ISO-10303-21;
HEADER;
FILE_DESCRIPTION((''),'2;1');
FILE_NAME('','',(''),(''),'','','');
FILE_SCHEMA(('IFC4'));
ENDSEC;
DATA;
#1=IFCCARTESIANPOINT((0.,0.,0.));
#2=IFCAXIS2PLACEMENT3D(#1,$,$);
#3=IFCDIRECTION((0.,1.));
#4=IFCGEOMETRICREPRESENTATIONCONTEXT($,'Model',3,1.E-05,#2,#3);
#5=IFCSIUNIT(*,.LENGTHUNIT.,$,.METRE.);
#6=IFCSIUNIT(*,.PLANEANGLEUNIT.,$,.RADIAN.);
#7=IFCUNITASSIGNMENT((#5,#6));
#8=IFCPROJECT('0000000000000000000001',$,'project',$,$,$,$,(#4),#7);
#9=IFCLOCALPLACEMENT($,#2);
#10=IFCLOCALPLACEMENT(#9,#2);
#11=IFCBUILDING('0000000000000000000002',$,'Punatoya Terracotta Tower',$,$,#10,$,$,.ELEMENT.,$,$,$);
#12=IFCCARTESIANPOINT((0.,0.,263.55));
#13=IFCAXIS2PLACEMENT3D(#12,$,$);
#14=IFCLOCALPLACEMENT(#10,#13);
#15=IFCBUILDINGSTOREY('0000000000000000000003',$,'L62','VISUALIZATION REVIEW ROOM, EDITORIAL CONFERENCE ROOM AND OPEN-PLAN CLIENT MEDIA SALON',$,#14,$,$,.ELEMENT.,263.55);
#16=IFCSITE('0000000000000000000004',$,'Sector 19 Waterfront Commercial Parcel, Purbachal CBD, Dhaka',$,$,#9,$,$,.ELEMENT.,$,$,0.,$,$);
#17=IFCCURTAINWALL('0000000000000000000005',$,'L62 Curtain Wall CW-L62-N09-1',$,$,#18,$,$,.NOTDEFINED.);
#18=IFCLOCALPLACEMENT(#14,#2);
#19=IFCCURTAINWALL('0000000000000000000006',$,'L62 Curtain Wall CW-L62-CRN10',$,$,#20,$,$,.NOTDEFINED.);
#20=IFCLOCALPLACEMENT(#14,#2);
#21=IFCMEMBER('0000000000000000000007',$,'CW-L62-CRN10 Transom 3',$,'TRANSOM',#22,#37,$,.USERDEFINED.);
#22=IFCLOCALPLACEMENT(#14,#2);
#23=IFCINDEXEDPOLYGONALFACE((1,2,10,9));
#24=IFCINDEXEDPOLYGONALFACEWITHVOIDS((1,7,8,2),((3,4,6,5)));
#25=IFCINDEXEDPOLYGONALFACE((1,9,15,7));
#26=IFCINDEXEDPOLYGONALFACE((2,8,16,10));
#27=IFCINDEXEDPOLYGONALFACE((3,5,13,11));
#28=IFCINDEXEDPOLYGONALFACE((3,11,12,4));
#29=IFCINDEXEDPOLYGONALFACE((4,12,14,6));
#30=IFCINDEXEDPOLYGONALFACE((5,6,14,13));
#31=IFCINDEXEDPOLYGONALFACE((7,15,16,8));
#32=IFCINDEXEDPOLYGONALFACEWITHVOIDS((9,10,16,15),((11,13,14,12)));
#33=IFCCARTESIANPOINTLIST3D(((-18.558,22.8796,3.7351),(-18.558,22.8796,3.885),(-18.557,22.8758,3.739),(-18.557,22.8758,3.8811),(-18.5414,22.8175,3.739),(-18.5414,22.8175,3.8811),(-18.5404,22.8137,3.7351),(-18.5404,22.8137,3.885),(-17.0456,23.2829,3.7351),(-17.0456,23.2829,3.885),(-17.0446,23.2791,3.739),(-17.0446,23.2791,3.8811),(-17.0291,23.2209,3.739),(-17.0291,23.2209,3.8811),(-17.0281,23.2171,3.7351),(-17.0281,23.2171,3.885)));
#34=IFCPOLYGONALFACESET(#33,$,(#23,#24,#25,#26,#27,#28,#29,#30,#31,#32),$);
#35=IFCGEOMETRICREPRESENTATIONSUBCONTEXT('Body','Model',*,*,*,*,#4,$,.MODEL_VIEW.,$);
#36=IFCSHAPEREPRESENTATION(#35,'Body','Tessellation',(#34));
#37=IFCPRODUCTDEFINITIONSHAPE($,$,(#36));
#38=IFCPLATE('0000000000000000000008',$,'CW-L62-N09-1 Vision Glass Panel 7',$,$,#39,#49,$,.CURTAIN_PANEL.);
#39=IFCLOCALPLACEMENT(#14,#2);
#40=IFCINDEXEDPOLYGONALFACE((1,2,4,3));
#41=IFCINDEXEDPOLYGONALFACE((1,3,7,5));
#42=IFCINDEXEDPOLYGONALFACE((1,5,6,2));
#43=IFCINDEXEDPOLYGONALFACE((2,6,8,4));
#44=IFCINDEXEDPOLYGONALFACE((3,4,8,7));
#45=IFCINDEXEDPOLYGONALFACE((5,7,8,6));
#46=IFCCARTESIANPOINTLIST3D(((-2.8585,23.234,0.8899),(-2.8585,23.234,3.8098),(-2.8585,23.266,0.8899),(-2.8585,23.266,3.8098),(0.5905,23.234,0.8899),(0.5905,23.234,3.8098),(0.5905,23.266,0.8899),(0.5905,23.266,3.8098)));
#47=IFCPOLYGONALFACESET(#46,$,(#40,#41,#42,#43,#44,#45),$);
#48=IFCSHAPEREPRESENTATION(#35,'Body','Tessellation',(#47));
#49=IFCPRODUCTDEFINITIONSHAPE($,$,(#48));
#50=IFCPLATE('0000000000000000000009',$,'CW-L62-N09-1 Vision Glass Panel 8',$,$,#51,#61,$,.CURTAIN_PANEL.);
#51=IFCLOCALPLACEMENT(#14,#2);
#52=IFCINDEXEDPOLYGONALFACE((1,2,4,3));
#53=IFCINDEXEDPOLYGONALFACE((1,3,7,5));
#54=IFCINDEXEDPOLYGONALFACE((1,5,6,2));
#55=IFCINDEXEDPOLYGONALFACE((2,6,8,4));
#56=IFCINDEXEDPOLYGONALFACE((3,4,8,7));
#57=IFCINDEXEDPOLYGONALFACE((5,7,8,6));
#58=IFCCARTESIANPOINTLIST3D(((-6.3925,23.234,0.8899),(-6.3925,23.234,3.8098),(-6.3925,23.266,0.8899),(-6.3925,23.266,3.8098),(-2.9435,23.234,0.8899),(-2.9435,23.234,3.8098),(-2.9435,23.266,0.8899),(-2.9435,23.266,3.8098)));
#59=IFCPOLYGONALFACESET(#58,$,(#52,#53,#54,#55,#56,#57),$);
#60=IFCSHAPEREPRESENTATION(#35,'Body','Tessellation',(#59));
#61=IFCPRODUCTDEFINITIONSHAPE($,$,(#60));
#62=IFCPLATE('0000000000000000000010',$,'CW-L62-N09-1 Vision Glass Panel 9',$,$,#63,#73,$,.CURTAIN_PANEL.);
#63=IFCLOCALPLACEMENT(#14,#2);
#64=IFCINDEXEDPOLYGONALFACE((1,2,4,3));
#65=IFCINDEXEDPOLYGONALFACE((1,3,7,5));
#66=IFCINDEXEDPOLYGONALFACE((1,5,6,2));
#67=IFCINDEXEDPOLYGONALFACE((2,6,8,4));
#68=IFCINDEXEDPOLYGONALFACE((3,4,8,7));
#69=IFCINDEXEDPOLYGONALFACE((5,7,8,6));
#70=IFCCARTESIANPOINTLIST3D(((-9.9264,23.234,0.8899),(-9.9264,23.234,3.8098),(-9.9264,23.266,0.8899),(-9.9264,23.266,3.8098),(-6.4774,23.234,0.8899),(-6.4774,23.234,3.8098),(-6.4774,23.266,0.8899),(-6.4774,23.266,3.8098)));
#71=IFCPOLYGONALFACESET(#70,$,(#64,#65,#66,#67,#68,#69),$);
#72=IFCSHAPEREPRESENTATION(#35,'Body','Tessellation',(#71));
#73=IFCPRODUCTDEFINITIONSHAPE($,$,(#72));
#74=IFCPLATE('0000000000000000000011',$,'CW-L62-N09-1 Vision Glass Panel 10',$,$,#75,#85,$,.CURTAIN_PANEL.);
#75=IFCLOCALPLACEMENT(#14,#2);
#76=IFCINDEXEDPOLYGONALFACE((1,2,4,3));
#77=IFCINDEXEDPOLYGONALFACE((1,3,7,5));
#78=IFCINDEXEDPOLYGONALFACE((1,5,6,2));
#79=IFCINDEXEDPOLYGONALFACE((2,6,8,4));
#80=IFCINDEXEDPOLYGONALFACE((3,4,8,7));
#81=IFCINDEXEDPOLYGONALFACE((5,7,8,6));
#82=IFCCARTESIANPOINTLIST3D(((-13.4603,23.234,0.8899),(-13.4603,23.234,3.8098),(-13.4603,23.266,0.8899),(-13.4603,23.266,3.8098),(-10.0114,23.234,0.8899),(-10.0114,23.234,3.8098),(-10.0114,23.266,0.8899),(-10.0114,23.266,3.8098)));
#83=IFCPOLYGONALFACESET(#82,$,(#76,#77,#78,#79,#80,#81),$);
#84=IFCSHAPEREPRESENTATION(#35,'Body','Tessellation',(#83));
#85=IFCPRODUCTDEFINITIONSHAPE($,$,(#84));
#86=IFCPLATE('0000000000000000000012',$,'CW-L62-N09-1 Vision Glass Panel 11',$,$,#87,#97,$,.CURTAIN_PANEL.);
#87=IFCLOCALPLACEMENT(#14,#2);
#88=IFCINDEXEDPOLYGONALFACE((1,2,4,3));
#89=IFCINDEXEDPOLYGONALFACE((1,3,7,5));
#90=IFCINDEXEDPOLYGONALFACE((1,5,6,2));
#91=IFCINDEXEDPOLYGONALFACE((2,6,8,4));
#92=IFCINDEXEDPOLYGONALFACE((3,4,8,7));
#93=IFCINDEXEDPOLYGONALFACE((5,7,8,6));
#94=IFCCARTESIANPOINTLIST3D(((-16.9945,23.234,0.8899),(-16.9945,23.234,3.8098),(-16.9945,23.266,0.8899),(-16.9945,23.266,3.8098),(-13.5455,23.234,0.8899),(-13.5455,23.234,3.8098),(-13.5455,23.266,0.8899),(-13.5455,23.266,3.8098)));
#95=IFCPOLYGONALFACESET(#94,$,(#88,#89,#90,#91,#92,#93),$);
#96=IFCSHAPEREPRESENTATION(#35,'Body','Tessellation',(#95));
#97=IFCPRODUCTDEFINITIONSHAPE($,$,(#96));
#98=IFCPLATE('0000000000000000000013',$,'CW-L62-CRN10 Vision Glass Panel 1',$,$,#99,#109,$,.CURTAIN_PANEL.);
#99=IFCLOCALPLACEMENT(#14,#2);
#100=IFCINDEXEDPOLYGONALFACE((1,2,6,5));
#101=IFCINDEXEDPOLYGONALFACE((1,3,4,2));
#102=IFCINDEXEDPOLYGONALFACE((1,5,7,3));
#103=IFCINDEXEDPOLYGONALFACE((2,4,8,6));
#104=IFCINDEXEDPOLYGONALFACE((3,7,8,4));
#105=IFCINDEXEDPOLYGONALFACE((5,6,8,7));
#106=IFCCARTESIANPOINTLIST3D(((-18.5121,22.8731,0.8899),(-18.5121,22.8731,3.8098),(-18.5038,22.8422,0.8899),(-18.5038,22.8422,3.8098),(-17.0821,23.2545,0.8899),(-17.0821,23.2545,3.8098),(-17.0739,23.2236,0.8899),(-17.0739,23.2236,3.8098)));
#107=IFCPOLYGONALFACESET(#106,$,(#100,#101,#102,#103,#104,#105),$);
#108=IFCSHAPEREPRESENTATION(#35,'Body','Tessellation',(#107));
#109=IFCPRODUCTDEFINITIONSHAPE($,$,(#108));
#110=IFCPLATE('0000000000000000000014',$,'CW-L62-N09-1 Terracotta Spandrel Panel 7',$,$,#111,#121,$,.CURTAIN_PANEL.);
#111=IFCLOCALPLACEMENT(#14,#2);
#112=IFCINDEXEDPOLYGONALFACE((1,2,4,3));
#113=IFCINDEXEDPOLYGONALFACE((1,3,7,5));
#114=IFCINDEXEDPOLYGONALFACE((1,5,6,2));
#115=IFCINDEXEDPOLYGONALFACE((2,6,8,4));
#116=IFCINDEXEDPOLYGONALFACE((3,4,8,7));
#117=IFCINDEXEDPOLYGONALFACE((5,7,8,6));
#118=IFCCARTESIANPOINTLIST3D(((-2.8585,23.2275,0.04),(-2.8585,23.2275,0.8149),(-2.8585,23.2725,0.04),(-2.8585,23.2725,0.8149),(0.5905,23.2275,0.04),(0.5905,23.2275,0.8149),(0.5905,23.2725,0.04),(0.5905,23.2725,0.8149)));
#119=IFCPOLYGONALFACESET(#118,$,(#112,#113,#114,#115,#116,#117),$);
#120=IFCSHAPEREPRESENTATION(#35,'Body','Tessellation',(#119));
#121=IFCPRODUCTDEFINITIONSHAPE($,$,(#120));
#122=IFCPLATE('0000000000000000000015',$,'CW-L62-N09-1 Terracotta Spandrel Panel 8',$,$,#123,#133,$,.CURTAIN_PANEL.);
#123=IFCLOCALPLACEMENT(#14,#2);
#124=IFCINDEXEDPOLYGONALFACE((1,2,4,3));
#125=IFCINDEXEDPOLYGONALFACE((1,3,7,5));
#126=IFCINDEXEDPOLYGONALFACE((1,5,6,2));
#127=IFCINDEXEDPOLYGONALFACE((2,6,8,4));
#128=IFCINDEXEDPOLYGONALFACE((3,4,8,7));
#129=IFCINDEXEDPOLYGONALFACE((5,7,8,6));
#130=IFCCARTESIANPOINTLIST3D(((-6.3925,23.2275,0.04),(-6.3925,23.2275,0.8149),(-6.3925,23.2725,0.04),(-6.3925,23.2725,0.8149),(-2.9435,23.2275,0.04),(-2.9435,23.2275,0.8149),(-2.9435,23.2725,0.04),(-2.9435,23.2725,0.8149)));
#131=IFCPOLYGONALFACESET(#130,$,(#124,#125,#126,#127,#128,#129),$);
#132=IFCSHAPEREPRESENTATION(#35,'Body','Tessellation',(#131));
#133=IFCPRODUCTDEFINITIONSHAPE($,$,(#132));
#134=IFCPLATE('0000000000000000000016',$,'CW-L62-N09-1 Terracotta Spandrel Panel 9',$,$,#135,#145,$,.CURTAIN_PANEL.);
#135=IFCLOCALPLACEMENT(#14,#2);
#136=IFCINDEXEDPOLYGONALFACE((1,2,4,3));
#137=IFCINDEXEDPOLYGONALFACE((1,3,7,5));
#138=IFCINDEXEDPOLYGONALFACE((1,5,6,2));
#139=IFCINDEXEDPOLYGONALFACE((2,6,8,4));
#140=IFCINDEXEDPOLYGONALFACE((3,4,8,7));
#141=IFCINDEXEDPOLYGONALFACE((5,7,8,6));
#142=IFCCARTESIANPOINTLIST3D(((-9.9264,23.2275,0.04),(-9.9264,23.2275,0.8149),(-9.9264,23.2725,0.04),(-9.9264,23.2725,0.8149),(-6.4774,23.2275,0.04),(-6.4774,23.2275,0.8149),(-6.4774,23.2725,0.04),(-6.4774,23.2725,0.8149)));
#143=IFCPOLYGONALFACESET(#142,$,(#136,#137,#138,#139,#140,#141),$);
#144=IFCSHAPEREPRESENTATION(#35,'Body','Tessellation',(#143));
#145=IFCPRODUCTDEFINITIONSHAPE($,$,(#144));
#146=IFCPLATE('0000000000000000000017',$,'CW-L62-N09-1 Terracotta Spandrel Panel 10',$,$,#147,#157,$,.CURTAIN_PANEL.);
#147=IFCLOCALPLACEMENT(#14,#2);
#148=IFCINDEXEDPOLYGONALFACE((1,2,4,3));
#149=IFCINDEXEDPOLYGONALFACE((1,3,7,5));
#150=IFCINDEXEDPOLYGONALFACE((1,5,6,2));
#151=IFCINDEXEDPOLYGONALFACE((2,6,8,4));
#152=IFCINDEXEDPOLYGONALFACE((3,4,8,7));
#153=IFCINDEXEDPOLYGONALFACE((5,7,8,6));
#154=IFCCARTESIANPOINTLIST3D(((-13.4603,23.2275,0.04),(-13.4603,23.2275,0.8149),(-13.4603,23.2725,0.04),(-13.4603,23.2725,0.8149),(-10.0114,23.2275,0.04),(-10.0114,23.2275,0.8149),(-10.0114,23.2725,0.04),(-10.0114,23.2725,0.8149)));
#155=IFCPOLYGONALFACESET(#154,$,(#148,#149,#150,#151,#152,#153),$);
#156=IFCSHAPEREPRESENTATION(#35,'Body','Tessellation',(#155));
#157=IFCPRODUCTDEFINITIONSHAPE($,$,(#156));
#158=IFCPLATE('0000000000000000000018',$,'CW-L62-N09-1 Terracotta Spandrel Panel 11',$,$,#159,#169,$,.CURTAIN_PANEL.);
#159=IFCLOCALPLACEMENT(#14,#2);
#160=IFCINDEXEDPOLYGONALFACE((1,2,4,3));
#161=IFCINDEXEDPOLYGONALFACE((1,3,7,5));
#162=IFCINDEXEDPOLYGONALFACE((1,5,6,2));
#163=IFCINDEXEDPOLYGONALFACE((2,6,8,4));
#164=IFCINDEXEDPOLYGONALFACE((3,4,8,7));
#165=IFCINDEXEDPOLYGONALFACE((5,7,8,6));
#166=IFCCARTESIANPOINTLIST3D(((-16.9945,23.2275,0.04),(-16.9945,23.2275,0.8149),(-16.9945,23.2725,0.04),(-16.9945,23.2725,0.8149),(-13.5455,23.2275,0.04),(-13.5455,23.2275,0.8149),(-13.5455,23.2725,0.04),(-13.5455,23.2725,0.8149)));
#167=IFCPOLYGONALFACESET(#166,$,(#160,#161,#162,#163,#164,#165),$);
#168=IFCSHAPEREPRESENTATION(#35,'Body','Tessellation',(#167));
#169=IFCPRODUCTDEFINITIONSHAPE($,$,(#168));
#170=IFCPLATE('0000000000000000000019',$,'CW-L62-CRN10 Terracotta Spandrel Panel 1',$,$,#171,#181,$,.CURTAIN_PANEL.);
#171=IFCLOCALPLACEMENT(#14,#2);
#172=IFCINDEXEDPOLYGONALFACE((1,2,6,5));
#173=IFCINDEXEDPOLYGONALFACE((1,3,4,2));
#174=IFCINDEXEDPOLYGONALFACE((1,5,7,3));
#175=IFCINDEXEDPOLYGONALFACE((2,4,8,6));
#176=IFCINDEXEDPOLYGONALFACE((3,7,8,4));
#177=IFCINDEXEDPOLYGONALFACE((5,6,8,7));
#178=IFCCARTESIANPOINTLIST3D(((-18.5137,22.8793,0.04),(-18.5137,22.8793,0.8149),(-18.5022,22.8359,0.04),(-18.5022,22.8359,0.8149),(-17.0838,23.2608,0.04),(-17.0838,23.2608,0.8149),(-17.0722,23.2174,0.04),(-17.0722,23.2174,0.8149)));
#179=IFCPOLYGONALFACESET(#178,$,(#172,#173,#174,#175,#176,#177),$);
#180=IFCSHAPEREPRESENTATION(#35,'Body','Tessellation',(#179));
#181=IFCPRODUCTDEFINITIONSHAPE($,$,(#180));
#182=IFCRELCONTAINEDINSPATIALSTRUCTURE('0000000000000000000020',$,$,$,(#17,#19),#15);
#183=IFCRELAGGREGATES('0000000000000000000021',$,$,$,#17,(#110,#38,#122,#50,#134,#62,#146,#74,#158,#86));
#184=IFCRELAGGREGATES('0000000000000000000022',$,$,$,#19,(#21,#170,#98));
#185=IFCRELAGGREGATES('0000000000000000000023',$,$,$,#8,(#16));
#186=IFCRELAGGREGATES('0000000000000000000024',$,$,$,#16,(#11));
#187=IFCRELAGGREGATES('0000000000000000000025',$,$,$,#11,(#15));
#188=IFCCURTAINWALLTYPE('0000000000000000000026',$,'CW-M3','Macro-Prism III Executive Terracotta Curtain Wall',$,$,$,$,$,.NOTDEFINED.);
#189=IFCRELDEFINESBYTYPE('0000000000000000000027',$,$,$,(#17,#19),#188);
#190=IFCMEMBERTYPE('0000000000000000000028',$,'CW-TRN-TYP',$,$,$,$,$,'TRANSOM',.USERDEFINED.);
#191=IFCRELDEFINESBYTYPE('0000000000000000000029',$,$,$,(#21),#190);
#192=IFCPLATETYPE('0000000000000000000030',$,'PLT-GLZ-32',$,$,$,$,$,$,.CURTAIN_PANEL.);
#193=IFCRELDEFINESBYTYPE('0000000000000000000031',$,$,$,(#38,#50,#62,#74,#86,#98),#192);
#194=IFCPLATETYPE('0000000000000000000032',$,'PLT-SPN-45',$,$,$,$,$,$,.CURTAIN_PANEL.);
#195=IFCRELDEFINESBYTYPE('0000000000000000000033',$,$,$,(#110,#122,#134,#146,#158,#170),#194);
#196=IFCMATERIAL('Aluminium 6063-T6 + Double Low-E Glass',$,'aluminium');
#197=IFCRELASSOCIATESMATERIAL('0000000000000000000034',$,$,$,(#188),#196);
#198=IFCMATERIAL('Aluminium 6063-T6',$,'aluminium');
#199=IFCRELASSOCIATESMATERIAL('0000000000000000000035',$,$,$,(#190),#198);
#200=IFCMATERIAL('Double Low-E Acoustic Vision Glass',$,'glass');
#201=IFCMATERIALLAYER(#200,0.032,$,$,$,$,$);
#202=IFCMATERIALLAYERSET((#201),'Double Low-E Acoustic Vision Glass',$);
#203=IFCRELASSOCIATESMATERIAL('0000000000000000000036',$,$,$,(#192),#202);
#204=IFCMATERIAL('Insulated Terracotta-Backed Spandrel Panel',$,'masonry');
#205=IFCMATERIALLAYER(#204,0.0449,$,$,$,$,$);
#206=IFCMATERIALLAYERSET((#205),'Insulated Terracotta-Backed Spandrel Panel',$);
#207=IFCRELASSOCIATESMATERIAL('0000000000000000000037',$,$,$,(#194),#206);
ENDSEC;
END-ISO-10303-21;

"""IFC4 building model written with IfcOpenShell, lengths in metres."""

from ifc_helpers import new_model, si_unit, direction, frame, origin, origin_2d, place, context, subcontext, project, spatial, rectangle, hollow_rectangle, extrude, material, layer, layer_set, material_profile, profile_set, type_object, element, aggregate, save


model = new_model("IFC4")

# Units and contexts
model_context = context("Model", 3, precision=1e-05, world=origin(), true_north=direction((0.0, 1.0)))
body_context = subcontext(model_context, "Body", "Model", "MODEL_VIEW")
ifc_project = project(units=[si_unit("LENGTHUNIT", "METRE"), si_unit("PLANEANGLEUNIT", "RADIAN")], contexts=[model_context])

# Site, building, storey
site_placement = place(None, origin())
site = spatial("IfcSite", under=ifc_project, at=site_placement, Name="Sector 19 Waterfront Commercial Parcel, Purbachal CBD, Dhaka", CompositionType="ELEMENT", RefElevation=0.0)
building_placement = place(site_placement, origin())
building = spatial("IfcBuilding", under=site, at=building_placement, Name="Punatoya Terracotta Tower", CompositionType="ELEMENT")
storey_placement = place(building_placement, frame((0.0, 0.0, 263.55)))
storey = spatial("IfcBuildingStorey", under=building, at=storey_placement, Name="L62", Description="VISUALIZATION REVIEW ROOM, EDITORIAL CONFERENCE ROOM AND OPEN-PLAN CLIENT MEDIA SALON", CompositionType="ELEMENT", Elevation=263.55)

# Curtain walls, member
ifc_material_1 = material(Name="Aluminium 6063-T6 + Double Low-E Glass", Category="aluminium")
curtain_wall_type = type_object("IfcCurtainWallType", Name="CW-M3", Description="Macro-Prism III Executive Terracotta Curtain Wall", PredefinedType="NOTDEFINED", material=ifc_material_1)
curtain_wall_1_placement = place(storey_placement, origin())
curtain_wall_1 = element("IfcCurtainWall", 1, at=curtain_wall_1_placement, inside=storey, type_object=curtain_wall_type, Name="L62 Curtain Wall CW-L62-N09-1", PredefinedType="NOTDEFINED")
ifc_material_2 = material(Name="Aluminium 6063-T6", Category="aluminium")
curtain_wall_2_placement = place(storey_placement, origin())
curtain_wall_2 = element("IfcCurtainWall", 2, at=curtain_wall_2_placement, inside=storey, type_object=curtain_wall_type, Name="L62 Curtain Wall CW-L62-CRN10", PredefinedType="NOTDEFINED")
ifc_material_profile_1 = material_profile(ifc_material_2, hollow_rectangle(XDim=0.0681, YDim=0.1499, WallThickness=0.0039, at=origin_2d()))
ifc_profile_set_1 = profile_set([ifc_material_profile_1], Name="Aluminium 6063-T6")
member_type_1 = type_object("IfcMemberType", Name="CW-TRN-TYP", ElementType="TRANSOM", PredefinedType="USERDEFINED", material=ifc_profile_set_1)
member_1_placement = place(storey_placement, frame((-17.0369, 23.25, 3.8101), z_axis=(-0.966225, -0.257701, 0.0), x_axis=(0.257701, -0.966225, 0.0)))
member_1 = element("IfcMember", 3, at=member_1_placement, type_object=member_type_1, Name="CW-L62-CRN10 Transom 3", ObjectType="TRANSOM", PredefinedType="USERDEFINED", context=body_context, shape_type="SweptSolid", body=[
    extrude(hollow_rectangle(XDim=0.0681, YDim=0.1499, WallThickness=0.0039, at=origin_2d()), origin(), (0.0, 0.0, 1.0), 1.5652),
])

# Plates
ifc_material_3 = material(Name="Double Low-E Acoustic Vision Glass", Category="glass")
ifc_layer_1 = layer(ifc_material_3, 0.032)
ifc_layer_set_1 = layer_set([ifc_layer_1], Name="Double Low-E Acoustic Vision Glass")
plate_type_1 = type_object("IfcPlateType", Name="PLT-GLZ-32", PredefinedType="CURTAIN_PANEL", material=ifc_layer_set_1)
plate_1_placement = place(storey_placement, frame((-1.134, 23.25, 0.8899), z_axis=(0.0, 0.0, 1.0), x_axis=(-1.0, 0.0, 0.0)))
plate_1 = element("IfcPlate", 4, at=plate_1_placement, type_object=plate_type_1, Name="CW-L62-N09-1 Vision Glass Panel 7", PredefinedType="CURTAIN_PANEL", context=body_context, shape_type="SweptSolid", body=[
    extrude(rectangle(XDim=3.449, YDim=0.032, at=origin_2d()), origin(), (0.0, 0.0, 1.0), 2.9199),
])
plate_2_placement = place(storey_placement, frame((-4.668, 23.25, 0.8899), z_axis=(0.0, 0.0, 1.0), x_axis=(-1.0, 0.0, 0.0)))
plate_2 = element("IfcPlate", 5, at=plate_2_placement, type_object=plate_type_1, Name="CW-L62-N09-1 Vision Glass Panel 8", PredefinedType="CURTAIN_PANEL", context=body_context, shape_type="SweptSolid", body=[
    extrude(rectangle(XDim=3.449, YDim=0.032, at=origin_2d()), origin(), (0.0, 0.0, 1.0), 2.9199),
])
plate_3_placement = place(storey_placement, frame((-8.2019, 23.25, 0.8899), z_axis=(0.0, 0.0, 1.0), x_axis=(-1.0, 0.0, 0.0)))
plate_3 = element("IfcPlate", 6, at=plate_3_placement, type_object=plate_type_1, Name="CW-L62-N09-1 Vision Glass Panel 9", PredefinedType="CURTAIN_PANEL", context=body_context, shape_type="SweptSolid", body=[
    extrude(rectangle(XDim=3.449, YDim=0.032, at=origin_2d()), origin(), (0.0, 0.0, 1.0), 2.9199),
])
plate_4_placement = place(storey_placement, frame((-11.7358, 23.25, 0.8899), z_axis=(0.0, 0.0, 1.0), x_axis=(-1.0, 0.0, 0.0)))
plate_4 = element("IfcPlate", 7, at=plate_4_placement, type_object=plate_type_1, Name="CW-L62-N09-1 Vision Glass Panel 10", PredefinedType="CURTAIN_PANEL", context=body_context, shape_type="SweptSolid", body=[
    extrude(rectangle(XDim=3.449, YDim=0.032, at=origin_2d()), origin(), (0.0, 0.0, 1.0), 2.9199),
])
plate_5_placement = place(storey_placement, frame((-15.27, 23.25, 0.8899), z_axis=(0.0, 0.0, 1.0), x_axis=(-1.0, 0.0, 0.0)))
plate_5 = element("IfcPlate", 8, at=plate_5_placement, type_object=plate_type_1, Name="CW-L62-N09-1 Vision Glass Panel 11", PredefinedType="CURTAIN_PANEL", context=body_context, shape_type="SweptSolid", body=[
    extrude(rectangle(XDim=3.449, YDim=0.032, at=origin_2d()), origin(), (0.0, 0.0, 1.0), 2.9199),
])
plate_6_placement = place(storey_placement, frame((-17.793, 23.0483, 0.8899), z_axis=(0.0, 0.0, 1.0), x_axis=(-0.966214, -0.257742, 0.0)))
plate_6 = element("IfcPlate", 9, at=plate_6_placement, type_object=plate_type_1, Name="CW-L62-CRN10 Vision Glass Panel 1", PredefinedType="CURTAIN_PANEL", context=body_context, shape_type="SweptSolid", body=[
    extrude(rectangle(XDim=1.48, YDim=0.032, at=origin_2d()), origin(), (0.0, 0.0, 1.0), 2.9199),
])
ifc_material_4 = material(Name="Insulated Terracotta-Backed Spandrel Panel", Category="masonry")
ifc_layer_2 = layer(ifc_material_4, 0.0449)
ifc_layer_set_2 = layer_set([ifc_layer_2], Name="Insulated Terracotta-Backed Spandrel Panel")
plate_type_2 = type_object("IfcPlateType", Name="PLT-SPN-45", PredefinedType="CURTAIN_PANEL", material=ifc_layer_set_2)
plate_7_placement = place(storey_placement, frame((-1.134, 23.25, 0.04), z_axis=(0.0, 0.0, 1.0), x_axis=(-1.0, 0.0, 0.0)))
plate_7 = element("IfcPlate", 10, at=plate_7_placement, type_object=plate_type_2, Name="CW-L62-N09-1 Terracotta Spandrel Panel 7", PredefinedType="CURTAIN_PANEL", context=body_context, shape_type="SweptSolid", body=[
    extrude(rectangle(XDim=3.449, YDim=0.0449, at=origin_2d()), origin(), (0.0, 0.0, 1.0), 0.7749),
])
plate_8_placement = place(storey_placement, frame((-4.668, 23.25, 0.04), z_axis=(0.0, 0.0, 1.0), x_axis=(-1.0, 0.0, 0.0)))
plate_8 = element("IfcPlate", 11, at=plate_8_placement, type_object=plate_type_2, Name="CW-L62-N09-1 Terracotta Spandrel Panel 8", PredefinedType="CURTAIN_PANEL", context=body_context, shape_type="SweptSolid", body=[
    extrude(rectangle(XDim=3.449, YDim=0.0449, at=origin_2d()), origin(), (0.0, 0.0, 1.0), 0.7749),
])
plate_9_placement = place(storey_placement, frame((-8.2019, 23.25, 0.04), z_axis=(0.0, 0.0, 1.0), x_axis=(-1.0, 0.0, 0.0)))
plate_9 = element("IfcPlate", 12, at=plate_9_placement, type_object=plate_type_2, Name="CW-L62-N09-1 Terracotta Spandrel Panel 9", PredefinedType="CURTAIN_PANEL", context=body_context, shape_type="SweptSolid", body=[
    extrude(rectangle(XDim=3.449, YDim=0.0449, at=origin_2d()), origin(), (0.0, 0.0, 1.0), 0.7749),
])
plate_10_placement = place(storey_placement, frame((-11.7358, 23.25, 0.04), z_axis=(0.0, 0.0, 1.0), x_axis=(-1.0, 0.0, 0.0)))
plate_10 = element("IfcPlate", 13, at=plate_10_placement, type_object=plate_type_2, Name="CW-L62-N09-1 Terracotta Spandrel Panel 10", PredefinedType="CURTAIN_PANEL", context=body_context, shape_type="SweptSolid", body=[
    extrude(rectangle(XDim=3.449, YDim=0.0449, at=origin_2d()), origin(), (0.0, 0.0, 1.0), 0.7749),
])
plate_11_placement = place(storey_placement, frame((-15.27, 23.25, 0.04), z_axis=(0.0, 0.0, 1.0), x_axis=(-1.0, 0.0, 0.0)))
plate_11 = element("IfcPlate", 14, at=plate_11_placement, type_object=plate_type_2, Name="CW-L62-N09-1 Terracotta Spandrel Panel 11", PredefinedType="CURTAIN_PANEL", context=body_context, shape_type="SweptSolid", body=[
    extrude(rectangle(XDim=3.449, YDim=0.0449, at=origin_2d()), origin(), (0.0, 0.0, 1.0), 0.7749),
])
aggregate(curtain_wall_1, [plate_7, plate_1, plate_8, plate_2, plate_9, plate_3, plate_10, plate_4, plate_11, plate_5])
plate_12_placement = place(storey_placement, frame((-17.793, 23.0483, 0.04), z_axis=(0.0, 0.0, 1.0), x_axis=(-0.966214, -0.257742, 0.0)))
plate_12 = element("IfcPlate", 15, at=plate_12_placement, type_object=plate_type_2, Name="CW-L62-CRN10 Terracotta Spandrel Panel 1", PredefinedType="CURTAIN_PANEL", context=body_context, shape_type="SweptSolid", body=[
    extrude(rectangle(XDim=1.48, YDim=0.0449, at=origin_2d()), origin(), (0.0, 0.0, 1.0), 0.7749),
])
aggregate(curtain_wall_2, [member_1, plate_12, plate_6])

save(model, "model.ifc")
